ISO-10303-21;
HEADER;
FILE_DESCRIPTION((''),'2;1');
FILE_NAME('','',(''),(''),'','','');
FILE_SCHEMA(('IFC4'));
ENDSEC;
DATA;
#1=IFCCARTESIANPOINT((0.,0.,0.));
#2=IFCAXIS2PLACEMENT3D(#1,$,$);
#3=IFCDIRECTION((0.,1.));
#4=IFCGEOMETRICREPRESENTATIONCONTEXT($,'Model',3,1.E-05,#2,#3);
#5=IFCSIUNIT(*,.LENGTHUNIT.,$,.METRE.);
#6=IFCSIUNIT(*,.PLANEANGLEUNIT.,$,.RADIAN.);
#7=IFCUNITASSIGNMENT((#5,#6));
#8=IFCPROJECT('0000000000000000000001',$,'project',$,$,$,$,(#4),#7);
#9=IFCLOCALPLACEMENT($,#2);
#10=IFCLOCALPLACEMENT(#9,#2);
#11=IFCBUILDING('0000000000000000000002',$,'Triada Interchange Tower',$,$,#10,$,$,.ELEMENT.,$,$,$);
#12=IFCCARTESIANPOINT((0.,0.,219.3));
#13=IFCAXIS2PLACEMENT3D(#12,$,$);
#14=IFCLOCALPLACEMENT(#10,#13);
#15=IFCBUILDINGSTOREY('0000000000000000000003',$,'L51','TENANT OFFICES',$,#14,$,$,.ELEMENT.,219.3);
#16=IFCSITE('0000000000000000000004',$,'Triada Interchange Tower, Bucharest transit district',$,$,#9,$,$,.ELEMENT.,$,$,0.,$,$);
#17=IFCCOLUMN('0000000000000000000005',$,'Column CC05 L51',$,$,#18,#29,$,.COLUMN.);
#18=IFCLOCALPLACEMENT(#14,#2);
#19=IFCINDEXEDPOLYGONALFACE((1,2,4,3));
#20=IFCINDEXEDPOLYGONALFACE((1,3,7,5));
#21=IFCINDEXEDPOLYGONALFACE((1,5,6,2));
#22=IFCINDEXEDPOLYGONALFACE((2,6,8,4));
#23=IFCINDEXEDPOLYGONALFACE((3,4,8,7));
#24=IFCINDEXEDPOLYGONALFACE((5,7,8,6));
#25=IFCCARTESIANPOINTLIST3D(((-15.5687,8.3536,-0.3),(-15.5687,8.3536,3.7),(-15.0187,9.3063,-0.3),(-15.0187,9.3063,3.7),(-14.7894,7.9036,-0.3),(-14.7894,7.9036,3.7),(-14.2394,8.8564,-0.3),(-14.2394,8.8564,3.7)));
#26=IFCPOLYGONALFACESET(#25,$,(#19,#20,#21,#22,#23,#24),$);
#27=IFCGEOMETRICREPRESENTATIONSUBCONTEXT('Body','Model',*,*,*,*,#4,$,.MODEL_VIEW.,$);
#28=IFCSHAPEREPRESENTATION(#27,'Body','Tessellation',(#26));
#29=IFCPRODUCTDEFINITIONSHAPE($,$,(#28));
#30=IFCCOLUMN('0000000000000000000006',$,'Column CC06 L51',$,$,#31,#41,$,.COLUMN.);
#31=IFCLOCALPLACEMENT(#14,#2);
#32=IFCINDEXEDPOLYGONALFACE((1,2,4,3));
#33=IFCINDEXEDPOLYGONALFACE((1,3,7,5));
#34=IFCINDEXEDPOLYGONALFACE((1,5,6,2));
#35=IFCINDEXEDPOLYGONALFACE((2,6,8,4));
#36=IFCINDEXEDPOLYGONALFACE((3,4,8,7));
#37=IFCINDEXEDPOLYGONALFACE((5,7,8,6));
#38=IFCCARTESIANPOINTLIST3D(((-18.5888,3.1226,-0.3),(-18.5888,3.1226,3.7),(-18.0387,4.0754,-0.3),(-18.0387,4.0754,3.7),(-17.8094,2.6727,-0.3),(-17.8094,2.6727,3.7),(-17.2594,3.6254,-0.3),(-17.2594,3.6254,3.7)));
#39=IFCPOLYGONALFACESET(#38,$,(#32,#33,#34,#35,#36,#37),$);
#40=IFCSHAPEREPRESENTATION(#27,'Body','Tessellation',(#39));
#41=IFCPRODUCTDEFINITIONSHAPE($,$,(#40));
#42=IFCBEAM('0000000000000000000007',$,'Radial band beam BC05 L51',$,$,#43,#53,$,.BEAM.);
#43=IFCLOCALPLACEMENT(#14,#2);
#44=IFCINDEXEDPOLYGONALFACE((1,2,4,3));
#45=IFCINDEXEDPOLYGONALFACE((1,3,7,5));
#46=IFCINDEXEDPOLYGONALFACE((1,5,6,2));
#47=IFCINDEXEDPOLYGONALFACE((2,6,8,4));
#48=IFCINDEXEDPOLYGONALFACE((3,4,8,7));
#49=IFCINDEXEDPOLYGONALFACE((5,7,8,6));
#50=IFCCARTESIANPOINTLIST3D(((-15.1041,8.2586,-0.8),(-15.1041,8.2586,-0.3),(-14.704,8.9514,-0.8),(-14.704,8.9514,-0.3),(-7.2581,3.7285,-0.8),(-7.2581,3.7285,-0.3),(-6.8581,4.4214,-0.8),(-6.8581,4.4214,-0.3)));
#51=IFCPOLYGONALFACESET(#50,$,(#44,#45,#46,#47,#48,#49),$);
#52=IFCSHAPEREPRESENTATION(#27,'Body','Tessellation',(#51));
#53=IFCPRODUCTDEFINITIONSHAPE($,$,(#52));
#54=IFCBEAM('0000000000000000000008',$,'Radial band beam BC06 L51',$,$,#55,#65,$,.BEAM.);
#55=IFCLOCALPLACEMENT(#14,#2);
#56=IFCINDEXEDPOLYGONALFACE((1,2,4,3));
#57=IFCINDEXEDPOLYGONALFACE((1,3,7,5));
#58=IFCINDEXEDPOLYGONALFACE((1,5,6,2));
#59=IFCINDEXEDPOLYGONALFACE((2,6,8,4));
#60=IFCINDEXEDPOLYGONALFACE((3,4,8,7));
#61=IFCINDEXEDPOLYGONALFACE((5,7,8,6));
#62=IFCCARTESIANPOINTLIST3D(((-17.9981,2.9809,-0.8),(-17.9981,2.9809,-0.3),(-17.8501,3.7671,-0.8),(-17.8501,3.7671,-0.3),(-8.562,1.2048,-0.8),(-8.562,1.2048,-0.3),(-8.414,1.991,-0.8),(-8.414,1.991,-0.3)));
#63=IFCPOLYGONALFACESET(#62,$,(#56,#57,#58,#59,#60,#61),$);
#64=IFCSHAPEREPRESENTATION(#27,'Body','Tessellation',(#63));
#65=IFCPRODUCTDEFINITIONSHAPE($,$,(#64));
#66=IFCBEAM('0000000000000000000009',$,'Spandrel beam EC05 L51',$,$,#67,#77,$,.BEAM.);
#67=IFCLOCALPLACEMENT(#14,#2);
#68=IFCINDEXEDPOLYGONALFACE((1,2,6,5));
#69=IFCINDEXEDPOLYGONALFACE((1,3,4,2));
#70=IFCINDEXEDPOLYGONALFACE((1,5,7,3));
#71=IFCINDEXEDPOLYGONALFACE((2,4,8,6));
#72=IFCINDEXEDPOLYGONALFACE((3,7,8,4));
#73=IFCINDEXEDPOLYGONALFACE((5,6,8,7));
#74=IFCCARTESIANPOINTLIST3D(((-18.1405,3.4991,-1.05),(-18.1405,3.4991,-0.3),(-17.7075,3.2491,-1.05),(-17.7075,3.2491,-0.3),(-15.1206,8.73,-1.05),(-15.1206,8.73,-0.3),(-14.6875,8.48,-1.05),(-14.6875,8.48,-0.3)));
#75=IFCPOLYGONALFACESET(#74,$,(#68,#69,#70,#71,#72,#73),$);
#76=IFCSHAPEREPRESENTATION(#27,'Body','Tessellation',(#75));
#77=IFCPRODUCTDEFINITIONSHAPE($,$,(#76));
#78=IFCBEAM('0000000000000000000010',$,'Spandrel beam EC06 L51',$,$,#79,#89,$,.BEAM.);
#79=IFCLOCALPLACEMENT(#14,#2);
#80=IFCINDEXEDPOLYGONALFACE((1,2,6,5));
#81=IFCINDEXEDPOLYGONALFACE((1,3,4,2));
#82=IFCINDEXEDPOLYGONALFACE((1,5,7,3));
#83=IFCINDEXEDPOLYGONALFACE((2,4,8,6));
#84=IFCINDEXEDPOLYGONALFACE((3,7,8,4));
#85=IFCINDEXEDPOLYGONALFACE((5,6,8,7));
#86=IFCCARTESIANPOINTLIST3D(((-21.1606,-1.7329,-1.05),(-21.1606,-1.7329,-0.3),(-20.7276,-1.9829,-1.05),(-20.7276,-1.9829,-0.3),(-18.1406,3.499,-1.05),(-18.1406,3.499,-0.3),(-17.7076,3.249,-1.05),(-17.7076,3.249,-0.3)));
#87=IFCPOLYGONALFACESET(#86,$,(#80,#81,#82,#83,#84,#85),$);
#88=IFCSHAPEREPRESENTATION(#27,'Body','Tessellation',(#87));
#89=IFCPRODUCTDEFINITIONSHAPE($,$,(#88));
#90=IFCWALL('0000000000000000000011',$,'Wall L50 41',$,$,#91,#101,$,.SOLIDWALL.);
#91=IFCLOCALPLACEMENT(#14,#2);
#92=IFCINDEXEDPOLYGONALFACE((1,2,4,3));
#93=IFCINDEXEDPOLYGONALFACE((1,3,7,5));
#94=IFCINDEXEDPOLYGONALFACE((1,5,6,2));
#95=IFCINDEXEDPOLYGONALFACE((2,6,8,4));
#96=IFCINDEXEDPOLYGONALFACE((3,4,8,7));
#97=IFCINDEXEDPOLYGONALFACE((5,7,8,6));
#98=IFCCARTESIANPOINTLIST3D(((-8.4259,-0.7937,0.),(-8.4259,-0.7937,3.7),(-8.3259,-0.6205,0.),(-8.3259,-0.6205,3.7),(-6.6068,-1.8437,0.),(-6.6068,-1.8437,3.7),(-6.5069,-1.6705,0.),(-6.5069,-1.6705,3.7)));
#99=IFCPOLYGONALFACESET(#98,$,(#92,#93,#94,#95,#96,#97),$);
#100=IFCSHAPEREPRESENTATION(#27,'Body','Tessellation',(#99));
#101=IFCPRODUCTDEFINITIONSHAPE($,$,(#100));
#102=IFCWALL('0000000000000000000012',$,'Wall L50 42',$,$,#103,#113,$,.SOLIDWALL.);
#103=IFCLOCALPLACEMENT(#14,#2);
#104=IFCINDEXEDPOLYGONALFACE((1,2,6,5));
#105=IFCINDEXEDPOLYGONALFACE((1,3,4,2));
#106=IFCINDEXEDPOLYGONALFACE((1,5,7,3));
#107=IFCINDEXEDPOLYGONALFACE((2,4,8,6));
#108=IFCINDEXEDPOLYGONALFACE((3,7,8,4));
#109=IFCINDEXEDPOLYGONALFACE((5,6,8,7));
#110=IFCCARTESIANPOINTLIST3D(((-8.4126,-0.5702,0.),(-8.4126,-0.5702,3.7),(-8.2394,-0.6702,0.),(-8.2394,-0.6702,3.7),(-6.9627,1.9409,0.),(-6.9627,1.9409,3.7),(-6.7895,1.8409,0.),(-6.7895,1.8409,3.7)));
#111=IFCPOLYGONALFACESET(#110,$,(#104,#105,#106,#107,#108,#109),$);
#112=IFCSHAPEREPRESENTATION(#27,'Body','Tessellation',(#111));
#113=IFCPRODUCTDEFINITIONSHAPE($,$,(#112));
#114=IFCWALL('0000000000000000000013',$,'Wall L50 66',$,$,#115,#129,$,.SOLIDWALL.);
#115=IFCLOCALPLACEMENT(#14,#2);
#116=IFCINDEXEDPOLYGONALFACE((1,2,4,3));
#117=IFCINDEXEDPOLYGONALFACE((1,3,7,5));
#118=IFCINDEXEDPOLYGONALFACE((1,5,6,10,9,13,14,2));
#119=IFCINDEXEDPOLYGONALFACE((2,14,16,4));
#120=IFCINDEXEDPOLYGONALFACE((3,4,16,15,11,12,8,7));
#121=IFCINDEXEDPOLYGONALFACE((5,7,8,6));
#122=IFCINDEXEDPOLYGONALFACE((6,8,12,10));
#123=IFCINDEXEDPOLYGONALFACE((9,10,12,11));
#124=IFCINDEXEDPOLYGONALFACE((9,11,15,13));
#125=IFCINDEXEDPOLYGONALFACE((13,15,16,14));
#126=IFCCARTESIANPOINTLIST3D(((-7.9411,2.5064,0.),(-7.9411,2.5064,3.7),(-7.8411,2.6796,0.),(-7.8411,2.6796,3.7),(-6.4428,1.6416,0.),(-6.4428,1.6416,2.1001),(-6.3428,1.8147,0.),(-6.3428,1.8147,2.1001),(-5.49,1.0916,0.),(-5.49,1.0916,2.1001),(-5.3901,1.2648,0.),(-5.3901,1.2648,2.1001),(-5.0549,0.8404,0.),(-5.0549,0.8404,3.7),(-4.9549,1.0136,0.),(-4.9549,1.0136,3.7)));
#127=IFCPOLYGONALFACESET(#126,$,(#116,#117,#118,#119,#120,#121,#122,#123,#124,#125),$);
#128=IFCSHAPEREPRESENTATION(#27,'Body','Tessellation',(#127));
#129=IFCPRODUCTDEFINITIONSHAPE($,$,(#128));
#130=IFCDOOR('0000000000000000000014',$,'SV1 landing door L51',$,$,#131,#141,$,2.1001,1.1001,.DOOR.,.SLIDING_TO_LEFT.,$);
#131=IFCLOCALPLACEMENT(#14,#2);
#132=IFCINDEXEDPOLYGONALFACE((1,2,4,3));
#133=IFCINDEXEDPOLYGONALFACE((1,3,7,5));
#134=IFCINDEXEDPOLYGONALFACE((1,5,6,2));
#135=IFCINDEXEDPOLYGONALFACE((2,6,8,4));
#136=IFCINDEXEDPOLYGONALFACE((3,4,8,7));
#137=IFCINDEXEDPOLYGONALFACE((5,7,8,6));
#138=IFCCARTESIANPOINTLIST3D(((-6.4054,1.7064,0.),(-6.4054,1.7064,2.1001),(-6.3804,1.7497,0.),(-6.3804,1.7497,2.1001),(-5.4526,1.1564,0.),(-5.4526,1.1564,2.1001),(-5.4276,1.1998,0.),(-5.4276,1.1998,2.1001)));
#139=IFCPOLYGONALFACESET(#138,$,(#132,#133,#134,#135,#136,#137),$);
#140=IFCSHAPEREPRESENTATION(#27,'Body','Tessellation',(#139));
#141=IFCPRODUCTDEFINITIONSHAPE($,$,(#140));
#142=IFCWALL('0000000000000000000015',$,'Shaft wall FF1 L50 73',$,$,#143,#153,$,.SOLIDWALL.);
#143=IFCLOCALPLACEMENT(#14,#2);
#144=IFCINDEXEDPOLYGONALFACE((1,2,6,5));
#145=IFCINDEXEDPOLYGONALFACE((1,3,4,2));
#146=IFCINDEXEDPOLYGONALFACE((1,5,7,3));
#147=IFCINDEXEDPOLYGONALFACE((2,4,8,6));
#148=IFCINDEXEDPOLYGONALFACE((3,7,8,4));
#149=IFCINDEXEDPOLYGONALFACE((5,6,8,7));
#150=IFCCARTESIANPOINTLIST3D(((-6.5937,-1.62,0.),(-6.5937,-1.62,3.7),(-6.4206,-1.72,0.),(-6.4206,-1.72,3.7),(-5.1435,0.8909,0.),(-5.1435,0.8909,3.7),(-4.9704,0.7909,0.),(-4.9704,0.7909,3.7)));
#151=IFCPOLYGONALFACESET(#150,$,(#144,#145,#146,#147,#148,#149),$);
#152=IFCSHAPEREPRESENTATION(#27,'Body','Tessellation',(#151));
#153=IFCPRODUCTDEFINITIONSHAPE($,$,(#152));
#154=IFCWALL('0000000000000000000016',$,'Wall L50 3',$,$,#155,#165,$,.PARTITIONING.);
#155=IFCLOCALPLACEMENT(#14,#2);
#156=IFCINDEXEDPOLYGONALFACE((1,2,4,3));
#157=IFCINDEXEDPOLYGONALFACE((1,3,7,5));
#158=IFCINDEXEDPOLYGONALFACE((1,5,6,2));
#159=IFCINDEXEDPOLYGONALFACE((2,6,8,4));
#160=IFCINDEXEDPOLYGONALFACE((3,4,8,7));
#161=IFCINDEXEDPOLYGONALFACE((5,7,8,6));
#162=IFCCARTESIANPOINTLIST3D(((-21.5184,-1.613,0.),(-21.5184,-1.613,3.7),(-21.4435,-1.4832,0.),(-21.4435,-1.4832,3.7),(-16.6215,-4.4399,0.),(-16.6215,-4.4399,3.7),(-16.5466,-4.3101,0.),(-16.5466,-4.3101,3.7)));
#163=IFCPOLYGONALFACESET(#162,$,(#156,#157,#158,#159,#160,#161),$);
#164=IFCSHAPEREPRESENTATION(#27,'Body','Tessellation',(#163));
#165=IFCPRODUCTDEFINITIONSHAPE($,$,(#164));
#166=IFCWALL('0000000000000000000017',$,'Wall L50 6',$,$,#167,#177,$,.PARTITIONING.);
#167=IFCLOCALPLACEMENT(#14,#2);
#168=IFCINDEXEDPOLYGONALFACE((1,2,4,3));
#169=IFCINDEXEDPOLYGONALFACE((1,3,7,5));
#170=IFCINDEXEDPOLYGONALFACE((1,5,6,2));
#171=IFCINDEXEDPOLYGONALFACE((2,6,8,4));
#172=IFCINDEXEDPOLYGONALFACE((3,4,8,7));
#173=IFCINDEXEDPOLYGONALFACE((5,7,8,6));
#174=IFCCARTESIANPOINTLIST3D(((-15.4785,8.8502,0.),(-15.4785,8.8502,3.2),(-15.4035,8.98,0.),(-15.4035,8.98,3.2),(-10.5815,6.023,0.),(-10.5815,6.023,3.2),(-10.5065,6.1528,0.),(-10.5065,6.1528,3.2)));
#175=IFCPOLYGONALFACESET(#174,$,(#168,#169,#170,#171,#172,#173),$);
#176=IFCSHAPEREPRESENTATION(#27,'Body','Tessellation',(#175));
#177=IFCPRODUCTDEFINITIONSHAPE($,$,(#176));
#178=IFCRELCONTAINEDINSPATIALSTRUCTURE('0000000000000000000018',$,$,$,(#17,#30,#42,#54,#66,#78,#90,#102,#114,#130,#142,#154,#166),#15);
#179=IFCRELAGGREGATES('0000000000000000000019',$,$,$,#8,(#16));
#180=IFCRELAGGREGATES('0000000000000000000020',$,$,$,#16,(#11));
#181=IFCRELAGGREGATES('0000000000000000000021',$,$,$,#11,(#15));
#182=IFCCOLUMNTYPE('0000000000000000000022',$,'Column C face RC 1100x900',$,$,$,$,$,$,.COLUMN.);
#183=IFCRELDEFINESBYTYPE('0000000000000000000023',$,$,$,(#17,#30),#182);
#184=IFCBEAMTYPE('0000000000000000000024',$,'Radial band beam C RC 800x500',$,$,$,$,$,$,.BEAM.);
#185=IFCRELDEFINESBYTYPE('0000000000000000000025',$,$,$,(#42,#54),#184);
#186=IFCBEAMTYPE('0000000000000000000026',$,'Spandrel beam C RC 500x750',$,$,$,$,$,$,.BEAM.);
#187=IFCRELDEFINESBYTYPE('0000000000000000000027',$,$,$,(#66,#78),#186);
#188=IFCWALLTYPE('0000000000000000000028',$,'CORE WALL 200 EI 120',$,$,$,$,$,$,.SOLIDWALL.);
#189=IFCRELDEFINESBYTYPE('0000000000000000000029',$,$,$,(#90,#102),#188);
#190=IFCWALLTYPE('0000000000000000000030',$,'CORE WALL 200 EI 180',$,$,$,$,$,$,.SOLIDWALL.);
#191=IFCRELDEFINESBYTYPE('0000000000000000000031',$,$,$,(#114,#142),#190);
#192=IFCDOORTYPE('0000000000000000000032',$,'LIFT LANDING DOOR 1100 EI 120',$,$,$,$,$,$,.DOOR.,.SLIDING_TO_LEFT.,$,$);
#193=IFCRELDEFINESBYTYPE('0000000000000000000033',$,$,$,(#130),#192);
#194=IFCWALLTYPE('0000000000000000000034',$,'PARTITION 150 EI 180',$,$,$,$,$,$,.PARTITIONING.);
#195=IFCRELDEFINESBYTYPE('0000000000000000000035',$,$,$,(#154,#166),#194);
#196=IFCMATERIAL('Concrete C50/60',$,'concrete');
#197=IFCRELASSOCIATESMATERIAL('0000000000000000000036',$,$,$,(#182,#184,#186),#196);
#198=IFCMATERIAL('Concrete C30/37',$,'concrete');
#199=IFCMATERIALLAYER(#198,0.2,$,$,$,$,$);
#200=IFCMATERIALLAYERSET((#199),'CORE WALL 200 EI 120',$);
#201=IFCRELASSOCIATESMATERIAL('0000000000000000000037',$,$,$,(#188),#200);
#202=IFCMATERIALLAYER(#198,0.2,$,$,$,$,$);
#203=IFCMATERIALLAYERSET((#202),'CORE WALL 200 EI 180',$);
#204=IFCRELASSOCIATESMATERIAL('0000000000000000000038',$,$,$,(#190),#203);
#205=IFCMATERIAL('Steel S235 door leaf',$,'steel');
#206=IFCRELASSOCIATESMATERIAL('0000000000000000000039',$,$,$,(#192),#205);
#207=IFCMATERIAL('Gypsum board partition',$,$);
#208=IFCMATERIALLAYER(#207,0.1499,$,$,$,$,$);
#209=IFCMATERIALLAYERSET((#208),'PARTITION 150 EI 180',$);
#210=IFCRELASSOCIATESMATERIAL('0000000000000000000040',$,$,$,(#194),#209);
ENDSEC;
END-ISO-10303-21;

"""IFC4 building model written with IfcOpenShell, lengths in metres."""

from ifc_helpers import new_model, si_unit, direction, frame, frame_2d, origin, origin_2d, place, context, subcontext, project, spatial, rectangle, extrude, material, layer, layer_set, material_profile, profile_set, type_object, element, fill, save


model = new_model("IFC4")

# Units and contexts
model_context = context("Model", 3, precision=1e-05, world=origin(), true_north=direction((0.0, 1.0)))
body_context = subcontext(model_context, "Body", "Model", "MODEL_VIEW")
ifc_project = project(units=[si_unit("LENGTHUNIT", "METRE"), si_unit("PLANEANGLEUNIT", "RADIAN")], contexts=[model_context])

# Site, building, storey
site_placement = place(None, origin())
site = spatial("IfcSite", under=ifc_project, at=site_placement, Name="Triada Interchange Tower, Bucharest transit district", CompositionType="ELEMENT", RefElevation=0.0)
building_placement = place(site_placement, origin())
building = spatial("IfcBuilding", under=site, at=building_placement, Name="Triada Interchange Tower", CompositionType="ELEMENT")
storey_placement = place(building_placement, frame((0.0, 0.0, 219.3)))
storey = spatial("IfcBuildingStorey", under=building, at=storey_placement, Name="L51", Description="TENANT OFFICES", CompositionType="ELEMENT", Elevation=219.3)

# Columns
ifc_material_1 = material(Name="Concrete C50/60", Category="concrete")
ifc_material_profile_1 = material_profile(ifc_material_1, rectangle(XDim=1.1001, YDim=0.8999, at=origin_2d()), Name="RC 1100x900")
ifc_profile_set_1 = profile_set([ifc_material_profile_1], Name="Concrete C50/60")
column_type = type_object("IfcColumnType", Name="Column C face RC 1100x900", PredefinedType="COLUMN", material=ifc_profile_set_1)
for number, where, z_axis, x_axis, name in (
    (1, (-14.9041, 8.605, -0.3), (0.0, 0.0, 1.0), (0.5, 0.866025, 0.0), "Column CC05 L51"),
    (2, (-17.9241, 3.374, -0.3), (0.0, 0.0, 1.0), (0.5, 0.866025, 0.0), "Column CC06 L51"),
):
    element("IfcColumn", number, at=place(storey_placement, frame(where, z_axis=z_axis, x_axis=x_axis)), inside=storey, type_object=column_type, Name=name, PredefinedType="COLUMN", context=body_context, shape_type="SweptSolid", body=[
        extrude(rectangle(XDim=1.1001, YDim=0.8999, at=origin_2d()), origin(), (0.0, 0.0, 1.0), 4.0),
    ])

# Beams
ifc_material_profile_2 = material_profile(ifc_material_1, rectangle(XDim=0.8, YDim=0.5, at=origin_2d()), Name="RC 800x500")
ifc_profile_set_2 = profile_set([ifc_material_profile_2], Name="Concrete C50/60")
beam_type_1 = type_object("IfcBeamType", Name="Radial band beam C RC 800x500", PredefinedType="BEAM", material=ifc_profile_set_2)
beam_1_placement = place(storey_placement, frame((-14.9041, 8.605, -0.55), z_axis=(0.866017, -0.500014, 0.0), x_axis=(0.500014, 0.866017, 0.0)))
element("IfcBeam", 3, at=beam_1_placement, inside=storey, type_object=beam_type_1, Name="Radial band beam BC05 L51", PredefinedType="BEAM", context=body_context, shape_type="SweptSolid", body=[
    extrude(rectangle(XDim=0.8, YDim=0.5, at=origin_2d()), origin(), (0.0, 0.0, 1.0), 9.0598),
])
beam_2_placement = place(storey_placement, frame((-17.9241, 3.374, -0.55), z_axis=(0.982742, -0.184979, 0.0), x_axis=(0.184979, 0.982742, 0.0)))
element("IfcBeam", 4, at=beam_2_placement, inside=storey, type_object=beam_type_1, Name="Radial band beam BC06 L51", PredefinedType="BEAM", context=body_context, shape_type="SweptSolid", body=[
    extrude(rectangle(XDim=0.8, YDim=0.5, at=origin_2d()), origin(), (0.0, 0.0, 1.0), 9.6018),
])
ifc_material_profile_3 = material_profile(ifc_material_1, rectangle(XDim=0.5, YDim=0.75, at=origin_2d()), Name="RC 500x750")
ifc_profile_set_3 = profile_set([ifc_material_profile_3], Name="Concrete C50/60")
beam_type_2 = type_object("IfcBeamType", Name="Spandrel beam C RC 500x750", PredefinedType="BEAM", material=ifc_profile_set_3)
beam_3_placement = place(storey_placement, frame((-14.9041, 8.605, -0.675), z_axis=(-0.499991, -0.866031, 0.0), x_axis=(0.866031, -0.499991, 0.0)))
element("IfcBeam", 5, at=beam_3_placement, inside=storey, type_object=beam_type_2, Name="Spandrel beam EC05 L51", PredefinedType="BEAM", context=body_context, shape_type="SweptSolid", body=[
    extrude(rectangle(XDim=0.5, YDim=0.75, at=origin_2d()), origin(), (0.0, 0.0, 1.0), 6.04),
])
beam_4_placement = place(storey_placement, frame((-17.9241, 3.374, -0.675), z_axis=(-0.499921, -0.866071, 0.0), x_axis=(0.866071, -0.499921, 0.0)))
element("IfcBeam", 6, at=beam_4_placement, inside=storey, type_object=beam_type_2, Name="Spandrel beam EC06 L51", PredefinedType="BEAM", context=body_context, shape_type="SweptSolid", body=[
    extrude(rectangle(XDim=0.5, YDim=0.75, at=origin_2d()), origin(), (0.0, 0.0, 1.0), 6.041),
])

# Walls
ifc_material_2 = material(Name="Concrete C30/37", Category="concrete")
ifc_layer_1 = layer(ifc_material_2, 0.2)
ifc_layer_set_1 = layer_set([ifc_layer_1], Name="CORE WALL 200 EI 120")
wall_type_1 = type_object("IfcWallType", Name="CORE WALL 200 EI 120", PredefinedType="SOLIDWALL", material=ifc_layer_set_1)
wall_1_placement = place(storey_placement, frame((-8.376, -0.707, 0.0), z_axis=(0.0, 0.0, 1.0), x_axis=(0.866068, -0.499927, 0.0)))
element("IfcWall", 7, at=wall_1_placement, inside=storey, type_object=wall_type_1, Name="Wall L50 41", PredefinedType="SOLIDWALL", context=body_context, shape_type="SweptSolid", body=[
    extrude(rectangle(XDim=2.1003, YDim=0.2, at=frame_2d((1.0503, 0.0))), origin(), (0.0, 0.0, 1.0), 3.7),
])
wall_2_placement = place(storey_placement, frame((-8.3259, -0.6201, 0.0), z_axis=(0.0, 0.0, 1.0), x_axis=(0.500024, 0.866012, 0.0)))
element("IfcWall", 8, at=wall_2_placement, inside=storey, type_object=wall_type_1, Name="Wall L50 42", PredefinedType="SOLIDWALL", context=body_context, shape_type="SweptSolid", body=[
    extrude(rectangle(XDim=2.8997, YDim=0.2, at=frame_2d((1.4497, 0.0))), origin(), (0.0, 0.0, 1.0), 3.7),
])

# Wall, opening, door
ifc_layer_2 = layer(ifc_material_2, 0.2)
ifc_layer_set_2 = layer_set([ifc_layer_2], Name="CORE WALL 200 EI 180")
wall_type_2 = type_object("IfcWallType", Name="CORE WALL 200 EI 180", PredefinedType="SOLIDWALL", material=ifc_layer_set_2)
wall_3_placement = place(storey_placement, frame((-7.8911, 2.593, 0.0), z_axis=(0.0, 0.0, 1.0), x_axis=(0.866071, -0.499921, 0.0)))
wall_3 = element("IfcWall", 9, at=wall_3_placement, inside=storey, type_object=wall_type_2, Name="Wall L50 66", PredefinedType="SOLIDWALL", context=body_context, shape_type="SweptSolid", body=[
    extrude(rectangle(XDim=3.3325, YDim=0.2, at=frame_2d((1.6663, 0.0))), origin(), (0.0, 0.0, 1.0), 3.7),
])
opening_placement = place(wall_3_placement, frame((1.73, 0.0, 0.0)))
opening = element("IfcOpeningElement", 10, at=opening_placement, cuts=wall_3, PredefinedType="OPENING", context=body_context, shape_type="SweptSolid", body=[
    extrude(rectangle(XDim=1.1001, YDim=2.1001, at=frame_2d((0.55, 1.05))), frame((0.0, 0.1099, 0.0), z_axis=(0.0, -1.0, 0.0), x_axis=(1.0, 0.0, 0.0)), (0.0, 0.0, 1.0), 0.22),
])
ifc_material_3 = material(Name="Steel S235 door leaf", Category="steel")
door_type = type_object("IfcDoorType", Name="LIFT LANDING DOOR 1100 EI 120", OperationType="SLIDING_TO_LEFT", PredefinedType="DOOR", material=ifc_material_3)
door_placement = place(opening_placement, origin())
door = element("IfcDoor", 11, at=door_placement, inside=storey, type_object=door_type, Name="SV1 landing door L51", OperationType="SLIDING_TO_LEFT", OverallHeight=2.1001, OverallWidth=1.1001, PredefinedType="DOOR", context=body_context, shape_type="SweptSolid", body=[
    extrude(rectangle(XDim=1.1001, YDim=2.1001, at=frame_2d((0.55, 1.05))), frame((0.0, 0.0249, 0.0), z_axis=(0.0, -1.0, 0.0), x_axis=(1.0, 0.0, 0.0)), (0.0, 0.0, 1.0), 0.05),
])
fill(opening, door)

# Walls
wall_4_placement = place(storey_placement, frame((-6.5071, -1.6699, 0.0), z_axis=(0.0, 0.0, 1.0), x_axis=(0.500123, 0.865954, 0.0)))
element("IfcWall", 12, at=wall_4_placement, inside=storey, type_object=wall_type_2, Name="Shaft wall FF1 L50 73", PredefinedType="SOLIDWALL", context=body_context, shape_type="SweptSolid", body=[
    extrude(rectangle(XDim=2.8997, YDim=0.2, at=frame_2d((1.4497, 0.0))), origin(), (0.0, 0.0, 1.0), 3.7),
])
ifc_material_4 = material(Name="Gypsum board partition")
ifc_layer_3 = layer(ifc_material_4, 0.1499)
ifc_layer_set_3 = layer_set([ifc_layer_3], Name="PARTITION 150 EI 180")
wall_type_3 = type_object("IfcWallType", Name="PARTITION 150 EI 180", PredefinedType="PARTITIONING", material=ifc_layer_set_3)
wall_5_placement = place(storey_placement, frame((-21.481, -1.5481, 0.0), z_axis=(0.0, 0.0, 1.0), x_axis=(0.866053, -0.499952, 0.0)))
element("IfcWall", 13, at=wall_5_placement, inside=storey, type_object=wall_type_3, Name="Wall L50 3", PredefinedType="PARTITIONING", context=body_context, shape_type="SweptSolid", body=[
    extrude(rectangle(XDim=5.6543, YDim=0.1499, at=frame_2d((2.8271, 0.0))), origin(), (0.0, 0.0, 1.0), 3.7),
])
wall_6_placement = place(storey_placement, frame((-15.4409, 8.915, 0.0), z_axis=(0.0, 0.0, 1.0), x_axis=(0.866035, -0.499984, 0.0)))
element("IfcWall", 14, at=wall_6_placement, inside=storey, type_object=wall_type_3, Name="Wall L50 6", PredefinedType="PARTITIONING", context=body_context, shape_type="SweptSolid", body=[
    extrude(rectangle(XDim=5.6545, YDim=0.1499, at=frame_2d((2.8271, 0.0))), origin(), (0.0, 0.0, 1.0), 3.2),
])

save(model, "model.ifc")
